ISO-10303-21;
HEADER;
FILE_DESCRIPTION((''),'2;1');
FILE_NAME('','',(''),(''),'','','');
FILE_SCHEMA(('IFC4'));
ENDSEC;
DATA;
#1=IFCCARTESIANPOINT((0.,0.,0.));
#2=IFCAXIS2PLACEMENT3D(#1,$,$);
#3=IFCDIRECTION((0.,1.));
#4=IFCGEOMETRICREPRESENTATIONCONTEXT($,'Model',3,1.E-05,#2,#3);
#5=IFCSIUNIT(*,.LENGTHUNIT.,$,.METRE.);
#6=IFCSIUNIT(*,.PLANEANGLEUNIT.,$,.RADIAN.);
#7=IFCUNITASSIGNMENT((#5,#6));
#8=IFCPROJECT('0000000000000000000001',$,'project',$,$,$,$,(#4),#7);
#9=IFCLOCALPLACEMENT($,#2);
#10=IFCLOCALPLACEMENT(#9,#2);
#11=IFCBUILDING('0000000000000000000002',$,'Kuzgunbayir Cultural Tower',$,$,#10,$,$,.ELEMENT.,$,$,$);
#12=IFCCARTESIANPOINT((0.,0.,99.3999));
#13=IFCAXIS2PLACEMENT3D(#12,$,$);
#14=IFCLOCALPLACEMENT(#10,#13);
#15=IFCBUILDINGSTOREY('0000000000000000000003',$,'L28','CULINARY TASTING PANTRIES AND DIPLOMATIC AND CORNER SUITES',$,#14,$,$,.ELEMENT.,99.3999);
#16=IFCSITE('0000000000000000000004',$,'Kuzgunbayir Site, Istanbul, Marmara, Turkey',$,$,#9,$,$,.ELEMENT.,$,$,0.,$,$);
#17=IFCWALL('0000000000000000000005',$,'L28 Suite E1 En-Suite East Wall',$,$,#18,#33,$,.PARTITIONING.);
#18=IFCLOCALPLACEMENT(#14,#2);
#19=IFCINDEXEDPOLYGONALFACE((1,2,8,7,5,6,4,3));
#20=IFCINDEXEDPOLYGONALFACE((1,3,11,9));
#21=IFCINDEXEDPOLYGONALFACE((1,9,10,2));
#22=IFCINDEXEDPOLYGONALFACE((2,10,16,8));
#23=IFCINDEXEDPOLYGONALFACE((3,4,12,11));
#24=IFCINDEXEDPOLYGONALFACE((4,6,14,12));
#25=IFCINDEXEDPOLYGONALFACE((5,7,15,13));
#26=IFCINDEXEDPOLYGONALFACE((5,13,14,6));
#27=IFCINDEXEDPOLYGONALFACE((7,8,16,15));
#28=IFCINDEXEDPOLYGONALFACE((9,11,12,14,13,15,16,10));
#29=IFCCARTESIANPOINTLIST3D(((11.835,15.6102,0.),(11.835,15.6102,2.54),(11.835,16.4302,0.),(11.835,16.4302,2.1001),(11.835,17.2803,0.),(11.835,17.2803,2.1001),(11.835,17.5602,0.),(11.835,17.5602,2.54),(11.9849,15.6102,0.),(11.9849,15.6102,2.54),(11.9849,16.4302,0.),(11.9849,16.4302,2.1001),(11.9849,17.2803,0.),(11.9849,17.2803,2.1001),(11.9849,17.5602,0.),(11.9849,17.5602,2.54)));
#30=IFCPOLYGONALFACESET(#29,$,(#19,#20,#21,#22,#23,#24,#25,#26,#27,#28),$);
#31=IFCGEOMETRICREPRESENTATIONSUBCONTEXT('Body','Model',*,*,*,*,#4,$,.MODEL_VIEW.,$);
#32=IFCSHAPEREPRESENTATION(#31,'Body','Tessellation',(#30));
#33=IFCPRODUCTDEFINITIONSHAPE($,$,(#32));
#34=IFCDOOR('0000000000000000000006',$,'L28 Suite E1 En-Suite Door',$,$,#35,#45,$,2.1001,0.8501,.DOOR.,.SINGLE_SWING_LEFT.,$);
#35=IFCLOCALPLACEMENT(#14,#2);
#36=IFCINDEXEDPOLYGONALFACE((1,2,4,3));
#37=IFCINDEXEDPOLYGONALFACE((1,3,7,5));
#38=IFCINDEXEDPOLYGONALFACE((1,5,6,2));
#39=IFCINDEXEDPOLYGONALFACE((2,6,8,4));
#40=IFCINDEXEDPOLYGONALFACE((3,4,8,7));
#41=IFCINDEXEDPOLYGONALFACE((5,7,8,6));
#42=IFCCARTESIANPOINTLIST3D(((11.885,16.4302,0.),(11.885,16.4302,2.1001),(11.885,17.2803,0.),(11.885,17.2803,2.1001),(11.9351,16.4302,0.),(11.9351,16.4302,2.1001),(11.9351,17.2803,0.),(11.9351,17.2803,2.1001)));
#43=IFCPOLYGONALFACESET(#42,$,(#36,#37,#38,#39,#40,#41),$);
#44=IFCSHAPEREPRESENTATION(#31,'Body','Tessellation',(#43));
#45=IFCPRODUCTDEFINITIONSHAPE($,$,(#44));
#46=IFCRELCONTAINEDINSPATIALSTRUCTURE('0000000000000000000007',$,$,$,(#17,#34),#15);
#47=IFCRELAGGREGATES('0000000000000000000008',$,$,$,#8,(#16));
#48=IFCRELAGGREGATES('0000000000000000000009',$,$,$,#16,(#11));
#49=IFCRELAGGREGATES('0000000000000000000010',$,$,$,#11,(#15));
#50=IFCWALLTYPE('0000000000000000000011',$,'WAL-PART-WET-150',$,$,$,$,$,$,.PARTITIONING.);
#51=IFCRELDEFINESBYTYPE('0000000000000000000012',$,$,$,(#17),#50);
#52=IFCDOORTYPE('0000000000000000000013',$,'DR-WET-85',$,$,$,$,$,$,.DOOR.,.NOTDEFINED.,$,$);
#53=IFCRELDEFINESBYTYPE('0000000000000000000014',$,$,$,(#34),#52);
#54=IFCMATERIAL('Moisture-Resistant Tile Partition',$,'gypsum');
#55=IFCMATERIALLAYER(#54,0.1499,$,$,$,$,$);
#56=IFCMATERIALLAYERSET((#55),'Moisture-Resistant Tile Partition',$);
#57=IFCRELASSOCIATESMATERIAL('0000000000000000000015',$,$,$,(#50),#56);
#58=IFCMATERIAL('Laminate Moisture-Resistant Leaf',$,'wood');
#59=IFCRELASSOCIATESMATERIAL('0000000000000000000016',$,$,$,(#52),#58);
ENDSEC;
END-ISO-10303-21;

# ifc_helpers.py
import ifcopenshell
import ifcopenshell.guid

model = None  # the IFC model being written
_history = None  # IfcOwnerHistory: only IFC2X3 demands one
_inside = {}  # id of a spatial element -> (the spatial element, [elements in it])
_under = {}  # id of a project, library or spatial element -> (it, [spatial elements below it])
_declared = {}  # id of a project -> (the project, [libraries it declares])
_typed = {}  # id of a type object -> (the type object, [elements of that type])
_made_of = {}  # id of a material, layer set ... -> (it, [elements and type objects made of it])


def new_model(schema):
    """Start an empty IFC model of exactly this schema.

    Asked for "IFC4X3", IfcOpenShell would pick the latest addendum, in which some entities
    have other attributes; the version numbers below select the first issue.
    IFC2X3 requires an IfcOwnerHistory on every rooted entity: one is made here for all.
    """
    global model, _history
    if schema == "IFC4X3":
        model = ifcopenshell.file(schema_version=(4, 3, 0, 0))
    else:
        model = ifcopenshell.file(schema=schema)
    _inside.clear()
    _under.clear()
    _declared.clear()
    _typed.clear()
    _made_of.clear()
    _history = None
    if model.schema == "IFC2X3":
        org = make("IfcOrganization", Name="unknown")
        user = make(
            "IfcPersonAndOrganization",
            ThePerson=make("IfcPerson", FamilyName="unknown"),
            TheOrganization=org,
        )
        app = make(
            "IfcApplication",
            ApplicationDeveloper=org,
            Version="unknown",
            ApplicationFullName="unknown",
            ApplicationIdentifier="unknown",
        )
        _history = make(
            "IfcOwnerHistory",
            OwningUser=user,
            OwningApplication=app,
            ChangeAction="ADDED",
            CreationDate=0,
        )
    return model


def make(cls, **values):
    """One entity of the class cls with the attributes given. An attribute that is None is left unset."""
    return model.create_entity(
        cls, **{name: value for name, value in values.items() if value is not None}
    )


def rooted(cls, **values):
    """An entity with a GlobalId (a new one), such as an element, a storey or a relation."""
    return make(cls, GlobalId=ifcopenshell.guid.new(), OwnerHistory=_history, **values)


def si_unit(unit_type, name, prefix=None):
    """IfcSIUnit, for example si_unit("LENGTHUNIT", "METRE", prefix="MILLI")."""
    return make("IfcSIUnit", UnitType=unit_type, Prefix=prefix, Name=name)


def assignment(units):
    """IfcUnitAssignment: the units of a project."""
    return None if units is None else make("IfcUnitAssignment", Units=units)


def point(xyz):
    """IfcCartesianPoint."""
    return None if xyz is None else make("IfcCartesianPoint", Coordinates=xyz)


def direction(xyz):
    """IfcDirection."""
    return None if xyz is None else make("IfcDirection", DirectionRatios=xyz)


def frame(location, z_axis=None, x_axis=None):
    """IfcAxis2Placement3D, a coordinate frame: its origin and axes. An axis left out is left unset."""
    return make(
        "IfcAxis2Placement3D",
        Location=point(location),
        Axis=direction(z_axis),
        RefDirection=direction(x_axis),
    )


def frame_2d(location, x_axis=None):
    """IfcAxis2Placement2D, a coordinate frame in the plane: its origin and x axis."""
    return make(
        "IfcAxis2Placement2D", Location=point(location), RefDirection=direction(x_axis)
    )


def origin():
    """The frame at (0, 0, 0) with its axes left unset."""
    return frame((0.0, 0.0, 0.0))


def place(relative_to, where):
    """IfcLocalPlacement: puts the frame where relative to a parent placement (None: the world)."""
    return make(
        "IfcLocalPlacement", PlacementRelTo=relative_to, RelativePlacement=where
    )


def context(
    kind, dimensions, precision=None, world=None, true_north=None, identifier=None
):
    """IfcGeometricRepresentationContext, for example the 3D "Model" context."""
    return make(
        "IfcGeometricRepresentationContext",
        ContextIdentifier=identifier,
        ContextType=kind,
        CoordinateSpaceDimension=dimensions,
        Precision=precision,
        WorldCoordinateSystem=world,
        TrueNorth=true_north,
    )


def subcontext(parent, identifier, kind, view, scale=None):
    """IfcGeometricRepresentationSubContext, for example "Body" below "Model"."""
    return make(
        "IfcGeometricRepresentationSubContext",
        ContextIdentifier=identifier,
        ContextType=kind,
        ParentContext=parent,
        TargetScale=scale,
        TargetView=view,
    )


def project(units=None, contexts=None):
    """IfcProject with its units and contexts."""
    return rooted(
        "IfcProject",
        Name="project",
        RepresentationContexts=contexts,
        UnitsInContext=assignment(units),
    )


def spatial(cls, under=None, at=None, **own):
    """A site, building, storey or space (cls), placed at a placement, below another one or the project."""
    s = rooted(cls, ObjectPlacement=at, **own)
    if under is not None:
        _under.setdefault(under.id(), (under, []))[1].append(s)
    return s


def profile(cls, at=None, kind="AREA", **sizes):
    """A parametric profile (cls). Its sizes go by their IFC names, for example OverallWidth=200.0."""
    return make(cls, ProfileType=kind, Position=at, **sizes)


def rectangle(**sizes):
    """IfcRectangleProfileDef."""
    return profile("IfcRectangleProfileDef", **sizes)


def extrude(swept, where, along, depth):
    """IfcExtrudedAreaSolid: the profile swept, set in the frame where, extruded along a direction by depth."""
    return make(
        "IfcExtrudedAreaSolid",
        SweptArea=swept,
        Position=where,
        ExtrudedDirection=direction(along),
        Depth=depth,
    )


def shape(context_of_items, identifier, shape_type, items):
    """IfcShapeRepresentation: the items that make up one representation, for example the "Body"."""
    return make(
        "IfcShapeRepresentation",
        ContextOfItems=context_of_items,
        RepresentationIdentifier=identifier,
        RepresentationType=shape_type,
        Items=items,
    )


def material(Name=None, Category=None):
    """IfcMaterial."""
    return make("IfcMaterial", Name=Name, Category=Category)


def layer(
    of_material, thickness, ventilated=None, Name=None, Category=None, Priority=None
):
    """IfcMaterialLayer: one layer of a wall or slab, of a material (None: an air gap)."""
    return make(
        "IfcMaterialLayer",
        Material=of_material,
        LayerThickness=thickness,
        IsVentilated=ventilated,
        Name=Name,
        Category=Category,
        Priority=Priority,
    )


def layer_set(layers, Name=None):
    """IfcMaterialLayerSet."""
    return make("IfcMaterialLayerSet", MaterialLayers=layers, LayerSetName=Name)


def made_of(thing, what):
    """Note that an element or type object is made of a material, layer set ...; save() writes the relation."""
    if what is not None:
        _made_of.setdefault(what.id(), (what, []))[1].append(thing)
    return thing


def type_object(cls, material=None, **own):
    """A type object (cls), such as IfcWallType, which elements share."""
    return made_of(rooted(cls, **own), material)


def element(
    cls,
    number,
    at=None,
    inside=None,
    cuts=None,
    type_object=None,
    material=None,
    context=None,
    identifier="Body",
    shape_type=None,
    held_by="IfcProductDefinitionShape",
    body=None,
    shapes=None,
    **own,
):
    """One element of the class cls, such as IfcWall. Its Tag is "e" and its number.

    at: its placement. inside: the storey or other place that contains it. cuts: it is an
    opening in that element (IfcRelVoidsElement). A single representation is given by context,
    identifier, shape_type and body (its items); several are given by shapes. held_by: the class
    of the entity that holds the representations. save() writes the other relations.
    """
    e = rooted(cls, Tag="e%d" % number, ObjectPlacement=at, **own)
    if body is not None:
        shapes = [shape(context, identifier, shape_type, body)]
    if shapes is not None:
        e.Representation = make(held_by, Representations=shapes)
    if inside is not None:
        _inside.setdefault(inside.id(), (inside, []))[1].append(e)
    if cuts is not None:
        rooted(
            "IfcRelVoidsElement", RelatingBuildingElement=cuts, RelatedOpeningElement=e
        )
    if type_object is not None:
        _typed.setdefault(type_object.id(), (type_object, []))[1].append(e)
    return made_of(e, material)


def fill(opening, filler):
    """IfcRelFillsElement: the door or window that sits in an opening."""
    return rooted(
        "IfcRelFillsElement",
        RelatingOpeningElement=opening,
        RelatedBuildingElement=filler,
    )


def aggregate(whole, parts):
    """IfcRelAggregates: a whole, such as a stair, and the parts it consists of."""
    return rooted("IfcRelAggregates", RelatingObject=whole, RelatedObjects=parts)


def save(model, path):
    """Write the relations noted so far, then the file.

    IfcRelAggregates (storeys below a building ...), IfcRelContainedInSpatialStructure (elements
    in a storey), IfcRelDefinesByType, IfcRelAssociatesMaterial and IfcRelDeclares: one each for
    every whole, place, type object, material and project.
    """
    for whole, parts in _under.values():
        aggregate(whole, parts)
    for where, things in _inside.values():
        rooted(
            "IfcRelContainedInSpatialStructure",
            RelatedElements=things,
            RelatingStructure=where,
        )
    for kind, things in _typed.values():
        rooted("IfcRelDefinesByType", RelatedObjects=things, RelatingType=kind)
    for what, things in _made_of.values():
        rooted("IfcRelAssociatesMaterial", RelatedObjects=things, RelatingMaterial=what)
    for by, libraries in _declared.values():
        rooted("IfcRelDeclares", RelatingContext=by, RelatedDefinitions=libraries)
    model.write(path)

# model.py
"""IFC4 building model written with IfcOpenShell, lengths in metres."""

from ifc_helpers import new_model, si_unit, direction, frame, frame_2d, origin, place, context, subcontext, project, spatial, rectangle, extrude, material, layer, layer_set, type_object, element, fill, save


model = new_model("IFC4")

# Units and contexts
model_context = context("Model", 3, precision=1e-05, world=origin(), true_north=direction((0.0, 1.0)))
body_context = subcontext(model_context, "Body", "Model", "MODEL_VIEW")
ifc_project = project(units=[si_unit("LENGTHUNIT", "METRE"), si_unit("PLANEANGLEUNIT", "RADIAN")], contexts=[model_context])

# Site, building, storey
site_placement = place(None, origin())
site = spatial("IfcSite", under=ifc_project, at=site_placement, Name="Kuzgunbayir Site, Istanbul, Marmara, Turkey", CompositionType="ELEMENT", RefElevation=0.0)
building_placement = place(site_placement, origin())
building = spatial("IfcBuilding", under=site, at=building_placement, Name="Kuzgunbayir Cultural Tower", CompositionType="ELEMENT")
storey_placement = place(building_placement, frame((0.0, 0.0, 99.3999)))
storey = spatial("IfcBuildingStorey", under=building, at=storey_placement, Name="L28", Description="CULINARY TASTING PANTRIES AND DIPLOMATIC AND CORNER SUITES", CompositionType="ELEMENT", Elevation=99.3999)

# Shared definitions
ifc_material_1 = material(Name="Moisture-Resistant Tile Partition", Category="gypsum")
ifc_layer_1 = layer(ifc_material_1, 0.1499)
ifc_layer_set_1 = layer_set([ifc_layer_1], Name="Moisture-Resistant Tile Partition")
wall_type_1 = type_object("IfcWallType", Name="WAL-PART-WET-150", PredefinedType="PARTITIONING", material=ifc_layer_set_1)
ifc_material_2 = material(Name="Laminate Moisture-Resistant Leaf", Category="wood")
door_type_1 = type_object("IfcDoorType", Name="DR-WET-85", OperationType="NOTDEFINED", PredefinedType="DOOR", material=ifc_material_2)

# Wall, opening, door
wall_1_placement = place(storey_placement, frame((11.9099, 15.6101, 0.0), z_axis=(0.0, 0.0, 1.0), x_axis=(0.0, 1.0, 0.0)))
wall_1 = element("IfcWall", 1, at=wall_1_placement, inside=storey, type_object=wall_type_1, Name="L28 Suite E1 En-Suite East Wall", PredefinedType="PARTITIONING", context=body_context, shape_type="SweptSolid", body=[
    extrude(rectangle(XDim=1.95, YDim=0.1499, at=frame_2d((0.9751, 0.0))), origin(), (0.0, 0.0, 1.0), 2.54),
])
opening_1_placement = place(wall_1_placement, frame((0.8201, 0.0, 0.0)))
opening_1 = element("IfcOpeningElement", 2, at=opening_1_placement, cuts=wall_1, PredefinedType="OPENING", context=body_context, shape_type="SweptSolid", body=[
    extrude(rectangle(XDim=0.8501, YDim=2.1001, at=frame_2d((0.425, 1.05))), frame((0.0, 0.085, 0.0), z_axis=(0.0, -1.0, 0.0), x_axis=(1.0, 0.0, 0.0)), (0.0, 0.0, 1.0), 0.1699),
])
door_1_placement = place(opening_1_placement, origin())
door_1 = element("IfcDoor", 3, at=door_1_placement, inside=storey, type_object=door_type_1, Name="L28 Suite E1 En-Suite Door", OperationType="SINGLE_SWING_LEFT", OverallHeight=2.1001, OverallWidth=0.8501, PredefinedType="DOOR", context=body_context, shape_type="SweptSolid", body=[
    extrude(rectangle(XDim=0.8501, YDim=2.1001, at=frame_2d((0.425, 1.05))), frame((0.0, 0.0249, 0.0), z_axis=(0.0, -1.0, 0.0), x_axis=(1.0, 0.0, 0.0)), (0.0, 0.0, 1.0), 0.05),
])
fill(opening_1, door_1)

save(model, "model.ifc")
